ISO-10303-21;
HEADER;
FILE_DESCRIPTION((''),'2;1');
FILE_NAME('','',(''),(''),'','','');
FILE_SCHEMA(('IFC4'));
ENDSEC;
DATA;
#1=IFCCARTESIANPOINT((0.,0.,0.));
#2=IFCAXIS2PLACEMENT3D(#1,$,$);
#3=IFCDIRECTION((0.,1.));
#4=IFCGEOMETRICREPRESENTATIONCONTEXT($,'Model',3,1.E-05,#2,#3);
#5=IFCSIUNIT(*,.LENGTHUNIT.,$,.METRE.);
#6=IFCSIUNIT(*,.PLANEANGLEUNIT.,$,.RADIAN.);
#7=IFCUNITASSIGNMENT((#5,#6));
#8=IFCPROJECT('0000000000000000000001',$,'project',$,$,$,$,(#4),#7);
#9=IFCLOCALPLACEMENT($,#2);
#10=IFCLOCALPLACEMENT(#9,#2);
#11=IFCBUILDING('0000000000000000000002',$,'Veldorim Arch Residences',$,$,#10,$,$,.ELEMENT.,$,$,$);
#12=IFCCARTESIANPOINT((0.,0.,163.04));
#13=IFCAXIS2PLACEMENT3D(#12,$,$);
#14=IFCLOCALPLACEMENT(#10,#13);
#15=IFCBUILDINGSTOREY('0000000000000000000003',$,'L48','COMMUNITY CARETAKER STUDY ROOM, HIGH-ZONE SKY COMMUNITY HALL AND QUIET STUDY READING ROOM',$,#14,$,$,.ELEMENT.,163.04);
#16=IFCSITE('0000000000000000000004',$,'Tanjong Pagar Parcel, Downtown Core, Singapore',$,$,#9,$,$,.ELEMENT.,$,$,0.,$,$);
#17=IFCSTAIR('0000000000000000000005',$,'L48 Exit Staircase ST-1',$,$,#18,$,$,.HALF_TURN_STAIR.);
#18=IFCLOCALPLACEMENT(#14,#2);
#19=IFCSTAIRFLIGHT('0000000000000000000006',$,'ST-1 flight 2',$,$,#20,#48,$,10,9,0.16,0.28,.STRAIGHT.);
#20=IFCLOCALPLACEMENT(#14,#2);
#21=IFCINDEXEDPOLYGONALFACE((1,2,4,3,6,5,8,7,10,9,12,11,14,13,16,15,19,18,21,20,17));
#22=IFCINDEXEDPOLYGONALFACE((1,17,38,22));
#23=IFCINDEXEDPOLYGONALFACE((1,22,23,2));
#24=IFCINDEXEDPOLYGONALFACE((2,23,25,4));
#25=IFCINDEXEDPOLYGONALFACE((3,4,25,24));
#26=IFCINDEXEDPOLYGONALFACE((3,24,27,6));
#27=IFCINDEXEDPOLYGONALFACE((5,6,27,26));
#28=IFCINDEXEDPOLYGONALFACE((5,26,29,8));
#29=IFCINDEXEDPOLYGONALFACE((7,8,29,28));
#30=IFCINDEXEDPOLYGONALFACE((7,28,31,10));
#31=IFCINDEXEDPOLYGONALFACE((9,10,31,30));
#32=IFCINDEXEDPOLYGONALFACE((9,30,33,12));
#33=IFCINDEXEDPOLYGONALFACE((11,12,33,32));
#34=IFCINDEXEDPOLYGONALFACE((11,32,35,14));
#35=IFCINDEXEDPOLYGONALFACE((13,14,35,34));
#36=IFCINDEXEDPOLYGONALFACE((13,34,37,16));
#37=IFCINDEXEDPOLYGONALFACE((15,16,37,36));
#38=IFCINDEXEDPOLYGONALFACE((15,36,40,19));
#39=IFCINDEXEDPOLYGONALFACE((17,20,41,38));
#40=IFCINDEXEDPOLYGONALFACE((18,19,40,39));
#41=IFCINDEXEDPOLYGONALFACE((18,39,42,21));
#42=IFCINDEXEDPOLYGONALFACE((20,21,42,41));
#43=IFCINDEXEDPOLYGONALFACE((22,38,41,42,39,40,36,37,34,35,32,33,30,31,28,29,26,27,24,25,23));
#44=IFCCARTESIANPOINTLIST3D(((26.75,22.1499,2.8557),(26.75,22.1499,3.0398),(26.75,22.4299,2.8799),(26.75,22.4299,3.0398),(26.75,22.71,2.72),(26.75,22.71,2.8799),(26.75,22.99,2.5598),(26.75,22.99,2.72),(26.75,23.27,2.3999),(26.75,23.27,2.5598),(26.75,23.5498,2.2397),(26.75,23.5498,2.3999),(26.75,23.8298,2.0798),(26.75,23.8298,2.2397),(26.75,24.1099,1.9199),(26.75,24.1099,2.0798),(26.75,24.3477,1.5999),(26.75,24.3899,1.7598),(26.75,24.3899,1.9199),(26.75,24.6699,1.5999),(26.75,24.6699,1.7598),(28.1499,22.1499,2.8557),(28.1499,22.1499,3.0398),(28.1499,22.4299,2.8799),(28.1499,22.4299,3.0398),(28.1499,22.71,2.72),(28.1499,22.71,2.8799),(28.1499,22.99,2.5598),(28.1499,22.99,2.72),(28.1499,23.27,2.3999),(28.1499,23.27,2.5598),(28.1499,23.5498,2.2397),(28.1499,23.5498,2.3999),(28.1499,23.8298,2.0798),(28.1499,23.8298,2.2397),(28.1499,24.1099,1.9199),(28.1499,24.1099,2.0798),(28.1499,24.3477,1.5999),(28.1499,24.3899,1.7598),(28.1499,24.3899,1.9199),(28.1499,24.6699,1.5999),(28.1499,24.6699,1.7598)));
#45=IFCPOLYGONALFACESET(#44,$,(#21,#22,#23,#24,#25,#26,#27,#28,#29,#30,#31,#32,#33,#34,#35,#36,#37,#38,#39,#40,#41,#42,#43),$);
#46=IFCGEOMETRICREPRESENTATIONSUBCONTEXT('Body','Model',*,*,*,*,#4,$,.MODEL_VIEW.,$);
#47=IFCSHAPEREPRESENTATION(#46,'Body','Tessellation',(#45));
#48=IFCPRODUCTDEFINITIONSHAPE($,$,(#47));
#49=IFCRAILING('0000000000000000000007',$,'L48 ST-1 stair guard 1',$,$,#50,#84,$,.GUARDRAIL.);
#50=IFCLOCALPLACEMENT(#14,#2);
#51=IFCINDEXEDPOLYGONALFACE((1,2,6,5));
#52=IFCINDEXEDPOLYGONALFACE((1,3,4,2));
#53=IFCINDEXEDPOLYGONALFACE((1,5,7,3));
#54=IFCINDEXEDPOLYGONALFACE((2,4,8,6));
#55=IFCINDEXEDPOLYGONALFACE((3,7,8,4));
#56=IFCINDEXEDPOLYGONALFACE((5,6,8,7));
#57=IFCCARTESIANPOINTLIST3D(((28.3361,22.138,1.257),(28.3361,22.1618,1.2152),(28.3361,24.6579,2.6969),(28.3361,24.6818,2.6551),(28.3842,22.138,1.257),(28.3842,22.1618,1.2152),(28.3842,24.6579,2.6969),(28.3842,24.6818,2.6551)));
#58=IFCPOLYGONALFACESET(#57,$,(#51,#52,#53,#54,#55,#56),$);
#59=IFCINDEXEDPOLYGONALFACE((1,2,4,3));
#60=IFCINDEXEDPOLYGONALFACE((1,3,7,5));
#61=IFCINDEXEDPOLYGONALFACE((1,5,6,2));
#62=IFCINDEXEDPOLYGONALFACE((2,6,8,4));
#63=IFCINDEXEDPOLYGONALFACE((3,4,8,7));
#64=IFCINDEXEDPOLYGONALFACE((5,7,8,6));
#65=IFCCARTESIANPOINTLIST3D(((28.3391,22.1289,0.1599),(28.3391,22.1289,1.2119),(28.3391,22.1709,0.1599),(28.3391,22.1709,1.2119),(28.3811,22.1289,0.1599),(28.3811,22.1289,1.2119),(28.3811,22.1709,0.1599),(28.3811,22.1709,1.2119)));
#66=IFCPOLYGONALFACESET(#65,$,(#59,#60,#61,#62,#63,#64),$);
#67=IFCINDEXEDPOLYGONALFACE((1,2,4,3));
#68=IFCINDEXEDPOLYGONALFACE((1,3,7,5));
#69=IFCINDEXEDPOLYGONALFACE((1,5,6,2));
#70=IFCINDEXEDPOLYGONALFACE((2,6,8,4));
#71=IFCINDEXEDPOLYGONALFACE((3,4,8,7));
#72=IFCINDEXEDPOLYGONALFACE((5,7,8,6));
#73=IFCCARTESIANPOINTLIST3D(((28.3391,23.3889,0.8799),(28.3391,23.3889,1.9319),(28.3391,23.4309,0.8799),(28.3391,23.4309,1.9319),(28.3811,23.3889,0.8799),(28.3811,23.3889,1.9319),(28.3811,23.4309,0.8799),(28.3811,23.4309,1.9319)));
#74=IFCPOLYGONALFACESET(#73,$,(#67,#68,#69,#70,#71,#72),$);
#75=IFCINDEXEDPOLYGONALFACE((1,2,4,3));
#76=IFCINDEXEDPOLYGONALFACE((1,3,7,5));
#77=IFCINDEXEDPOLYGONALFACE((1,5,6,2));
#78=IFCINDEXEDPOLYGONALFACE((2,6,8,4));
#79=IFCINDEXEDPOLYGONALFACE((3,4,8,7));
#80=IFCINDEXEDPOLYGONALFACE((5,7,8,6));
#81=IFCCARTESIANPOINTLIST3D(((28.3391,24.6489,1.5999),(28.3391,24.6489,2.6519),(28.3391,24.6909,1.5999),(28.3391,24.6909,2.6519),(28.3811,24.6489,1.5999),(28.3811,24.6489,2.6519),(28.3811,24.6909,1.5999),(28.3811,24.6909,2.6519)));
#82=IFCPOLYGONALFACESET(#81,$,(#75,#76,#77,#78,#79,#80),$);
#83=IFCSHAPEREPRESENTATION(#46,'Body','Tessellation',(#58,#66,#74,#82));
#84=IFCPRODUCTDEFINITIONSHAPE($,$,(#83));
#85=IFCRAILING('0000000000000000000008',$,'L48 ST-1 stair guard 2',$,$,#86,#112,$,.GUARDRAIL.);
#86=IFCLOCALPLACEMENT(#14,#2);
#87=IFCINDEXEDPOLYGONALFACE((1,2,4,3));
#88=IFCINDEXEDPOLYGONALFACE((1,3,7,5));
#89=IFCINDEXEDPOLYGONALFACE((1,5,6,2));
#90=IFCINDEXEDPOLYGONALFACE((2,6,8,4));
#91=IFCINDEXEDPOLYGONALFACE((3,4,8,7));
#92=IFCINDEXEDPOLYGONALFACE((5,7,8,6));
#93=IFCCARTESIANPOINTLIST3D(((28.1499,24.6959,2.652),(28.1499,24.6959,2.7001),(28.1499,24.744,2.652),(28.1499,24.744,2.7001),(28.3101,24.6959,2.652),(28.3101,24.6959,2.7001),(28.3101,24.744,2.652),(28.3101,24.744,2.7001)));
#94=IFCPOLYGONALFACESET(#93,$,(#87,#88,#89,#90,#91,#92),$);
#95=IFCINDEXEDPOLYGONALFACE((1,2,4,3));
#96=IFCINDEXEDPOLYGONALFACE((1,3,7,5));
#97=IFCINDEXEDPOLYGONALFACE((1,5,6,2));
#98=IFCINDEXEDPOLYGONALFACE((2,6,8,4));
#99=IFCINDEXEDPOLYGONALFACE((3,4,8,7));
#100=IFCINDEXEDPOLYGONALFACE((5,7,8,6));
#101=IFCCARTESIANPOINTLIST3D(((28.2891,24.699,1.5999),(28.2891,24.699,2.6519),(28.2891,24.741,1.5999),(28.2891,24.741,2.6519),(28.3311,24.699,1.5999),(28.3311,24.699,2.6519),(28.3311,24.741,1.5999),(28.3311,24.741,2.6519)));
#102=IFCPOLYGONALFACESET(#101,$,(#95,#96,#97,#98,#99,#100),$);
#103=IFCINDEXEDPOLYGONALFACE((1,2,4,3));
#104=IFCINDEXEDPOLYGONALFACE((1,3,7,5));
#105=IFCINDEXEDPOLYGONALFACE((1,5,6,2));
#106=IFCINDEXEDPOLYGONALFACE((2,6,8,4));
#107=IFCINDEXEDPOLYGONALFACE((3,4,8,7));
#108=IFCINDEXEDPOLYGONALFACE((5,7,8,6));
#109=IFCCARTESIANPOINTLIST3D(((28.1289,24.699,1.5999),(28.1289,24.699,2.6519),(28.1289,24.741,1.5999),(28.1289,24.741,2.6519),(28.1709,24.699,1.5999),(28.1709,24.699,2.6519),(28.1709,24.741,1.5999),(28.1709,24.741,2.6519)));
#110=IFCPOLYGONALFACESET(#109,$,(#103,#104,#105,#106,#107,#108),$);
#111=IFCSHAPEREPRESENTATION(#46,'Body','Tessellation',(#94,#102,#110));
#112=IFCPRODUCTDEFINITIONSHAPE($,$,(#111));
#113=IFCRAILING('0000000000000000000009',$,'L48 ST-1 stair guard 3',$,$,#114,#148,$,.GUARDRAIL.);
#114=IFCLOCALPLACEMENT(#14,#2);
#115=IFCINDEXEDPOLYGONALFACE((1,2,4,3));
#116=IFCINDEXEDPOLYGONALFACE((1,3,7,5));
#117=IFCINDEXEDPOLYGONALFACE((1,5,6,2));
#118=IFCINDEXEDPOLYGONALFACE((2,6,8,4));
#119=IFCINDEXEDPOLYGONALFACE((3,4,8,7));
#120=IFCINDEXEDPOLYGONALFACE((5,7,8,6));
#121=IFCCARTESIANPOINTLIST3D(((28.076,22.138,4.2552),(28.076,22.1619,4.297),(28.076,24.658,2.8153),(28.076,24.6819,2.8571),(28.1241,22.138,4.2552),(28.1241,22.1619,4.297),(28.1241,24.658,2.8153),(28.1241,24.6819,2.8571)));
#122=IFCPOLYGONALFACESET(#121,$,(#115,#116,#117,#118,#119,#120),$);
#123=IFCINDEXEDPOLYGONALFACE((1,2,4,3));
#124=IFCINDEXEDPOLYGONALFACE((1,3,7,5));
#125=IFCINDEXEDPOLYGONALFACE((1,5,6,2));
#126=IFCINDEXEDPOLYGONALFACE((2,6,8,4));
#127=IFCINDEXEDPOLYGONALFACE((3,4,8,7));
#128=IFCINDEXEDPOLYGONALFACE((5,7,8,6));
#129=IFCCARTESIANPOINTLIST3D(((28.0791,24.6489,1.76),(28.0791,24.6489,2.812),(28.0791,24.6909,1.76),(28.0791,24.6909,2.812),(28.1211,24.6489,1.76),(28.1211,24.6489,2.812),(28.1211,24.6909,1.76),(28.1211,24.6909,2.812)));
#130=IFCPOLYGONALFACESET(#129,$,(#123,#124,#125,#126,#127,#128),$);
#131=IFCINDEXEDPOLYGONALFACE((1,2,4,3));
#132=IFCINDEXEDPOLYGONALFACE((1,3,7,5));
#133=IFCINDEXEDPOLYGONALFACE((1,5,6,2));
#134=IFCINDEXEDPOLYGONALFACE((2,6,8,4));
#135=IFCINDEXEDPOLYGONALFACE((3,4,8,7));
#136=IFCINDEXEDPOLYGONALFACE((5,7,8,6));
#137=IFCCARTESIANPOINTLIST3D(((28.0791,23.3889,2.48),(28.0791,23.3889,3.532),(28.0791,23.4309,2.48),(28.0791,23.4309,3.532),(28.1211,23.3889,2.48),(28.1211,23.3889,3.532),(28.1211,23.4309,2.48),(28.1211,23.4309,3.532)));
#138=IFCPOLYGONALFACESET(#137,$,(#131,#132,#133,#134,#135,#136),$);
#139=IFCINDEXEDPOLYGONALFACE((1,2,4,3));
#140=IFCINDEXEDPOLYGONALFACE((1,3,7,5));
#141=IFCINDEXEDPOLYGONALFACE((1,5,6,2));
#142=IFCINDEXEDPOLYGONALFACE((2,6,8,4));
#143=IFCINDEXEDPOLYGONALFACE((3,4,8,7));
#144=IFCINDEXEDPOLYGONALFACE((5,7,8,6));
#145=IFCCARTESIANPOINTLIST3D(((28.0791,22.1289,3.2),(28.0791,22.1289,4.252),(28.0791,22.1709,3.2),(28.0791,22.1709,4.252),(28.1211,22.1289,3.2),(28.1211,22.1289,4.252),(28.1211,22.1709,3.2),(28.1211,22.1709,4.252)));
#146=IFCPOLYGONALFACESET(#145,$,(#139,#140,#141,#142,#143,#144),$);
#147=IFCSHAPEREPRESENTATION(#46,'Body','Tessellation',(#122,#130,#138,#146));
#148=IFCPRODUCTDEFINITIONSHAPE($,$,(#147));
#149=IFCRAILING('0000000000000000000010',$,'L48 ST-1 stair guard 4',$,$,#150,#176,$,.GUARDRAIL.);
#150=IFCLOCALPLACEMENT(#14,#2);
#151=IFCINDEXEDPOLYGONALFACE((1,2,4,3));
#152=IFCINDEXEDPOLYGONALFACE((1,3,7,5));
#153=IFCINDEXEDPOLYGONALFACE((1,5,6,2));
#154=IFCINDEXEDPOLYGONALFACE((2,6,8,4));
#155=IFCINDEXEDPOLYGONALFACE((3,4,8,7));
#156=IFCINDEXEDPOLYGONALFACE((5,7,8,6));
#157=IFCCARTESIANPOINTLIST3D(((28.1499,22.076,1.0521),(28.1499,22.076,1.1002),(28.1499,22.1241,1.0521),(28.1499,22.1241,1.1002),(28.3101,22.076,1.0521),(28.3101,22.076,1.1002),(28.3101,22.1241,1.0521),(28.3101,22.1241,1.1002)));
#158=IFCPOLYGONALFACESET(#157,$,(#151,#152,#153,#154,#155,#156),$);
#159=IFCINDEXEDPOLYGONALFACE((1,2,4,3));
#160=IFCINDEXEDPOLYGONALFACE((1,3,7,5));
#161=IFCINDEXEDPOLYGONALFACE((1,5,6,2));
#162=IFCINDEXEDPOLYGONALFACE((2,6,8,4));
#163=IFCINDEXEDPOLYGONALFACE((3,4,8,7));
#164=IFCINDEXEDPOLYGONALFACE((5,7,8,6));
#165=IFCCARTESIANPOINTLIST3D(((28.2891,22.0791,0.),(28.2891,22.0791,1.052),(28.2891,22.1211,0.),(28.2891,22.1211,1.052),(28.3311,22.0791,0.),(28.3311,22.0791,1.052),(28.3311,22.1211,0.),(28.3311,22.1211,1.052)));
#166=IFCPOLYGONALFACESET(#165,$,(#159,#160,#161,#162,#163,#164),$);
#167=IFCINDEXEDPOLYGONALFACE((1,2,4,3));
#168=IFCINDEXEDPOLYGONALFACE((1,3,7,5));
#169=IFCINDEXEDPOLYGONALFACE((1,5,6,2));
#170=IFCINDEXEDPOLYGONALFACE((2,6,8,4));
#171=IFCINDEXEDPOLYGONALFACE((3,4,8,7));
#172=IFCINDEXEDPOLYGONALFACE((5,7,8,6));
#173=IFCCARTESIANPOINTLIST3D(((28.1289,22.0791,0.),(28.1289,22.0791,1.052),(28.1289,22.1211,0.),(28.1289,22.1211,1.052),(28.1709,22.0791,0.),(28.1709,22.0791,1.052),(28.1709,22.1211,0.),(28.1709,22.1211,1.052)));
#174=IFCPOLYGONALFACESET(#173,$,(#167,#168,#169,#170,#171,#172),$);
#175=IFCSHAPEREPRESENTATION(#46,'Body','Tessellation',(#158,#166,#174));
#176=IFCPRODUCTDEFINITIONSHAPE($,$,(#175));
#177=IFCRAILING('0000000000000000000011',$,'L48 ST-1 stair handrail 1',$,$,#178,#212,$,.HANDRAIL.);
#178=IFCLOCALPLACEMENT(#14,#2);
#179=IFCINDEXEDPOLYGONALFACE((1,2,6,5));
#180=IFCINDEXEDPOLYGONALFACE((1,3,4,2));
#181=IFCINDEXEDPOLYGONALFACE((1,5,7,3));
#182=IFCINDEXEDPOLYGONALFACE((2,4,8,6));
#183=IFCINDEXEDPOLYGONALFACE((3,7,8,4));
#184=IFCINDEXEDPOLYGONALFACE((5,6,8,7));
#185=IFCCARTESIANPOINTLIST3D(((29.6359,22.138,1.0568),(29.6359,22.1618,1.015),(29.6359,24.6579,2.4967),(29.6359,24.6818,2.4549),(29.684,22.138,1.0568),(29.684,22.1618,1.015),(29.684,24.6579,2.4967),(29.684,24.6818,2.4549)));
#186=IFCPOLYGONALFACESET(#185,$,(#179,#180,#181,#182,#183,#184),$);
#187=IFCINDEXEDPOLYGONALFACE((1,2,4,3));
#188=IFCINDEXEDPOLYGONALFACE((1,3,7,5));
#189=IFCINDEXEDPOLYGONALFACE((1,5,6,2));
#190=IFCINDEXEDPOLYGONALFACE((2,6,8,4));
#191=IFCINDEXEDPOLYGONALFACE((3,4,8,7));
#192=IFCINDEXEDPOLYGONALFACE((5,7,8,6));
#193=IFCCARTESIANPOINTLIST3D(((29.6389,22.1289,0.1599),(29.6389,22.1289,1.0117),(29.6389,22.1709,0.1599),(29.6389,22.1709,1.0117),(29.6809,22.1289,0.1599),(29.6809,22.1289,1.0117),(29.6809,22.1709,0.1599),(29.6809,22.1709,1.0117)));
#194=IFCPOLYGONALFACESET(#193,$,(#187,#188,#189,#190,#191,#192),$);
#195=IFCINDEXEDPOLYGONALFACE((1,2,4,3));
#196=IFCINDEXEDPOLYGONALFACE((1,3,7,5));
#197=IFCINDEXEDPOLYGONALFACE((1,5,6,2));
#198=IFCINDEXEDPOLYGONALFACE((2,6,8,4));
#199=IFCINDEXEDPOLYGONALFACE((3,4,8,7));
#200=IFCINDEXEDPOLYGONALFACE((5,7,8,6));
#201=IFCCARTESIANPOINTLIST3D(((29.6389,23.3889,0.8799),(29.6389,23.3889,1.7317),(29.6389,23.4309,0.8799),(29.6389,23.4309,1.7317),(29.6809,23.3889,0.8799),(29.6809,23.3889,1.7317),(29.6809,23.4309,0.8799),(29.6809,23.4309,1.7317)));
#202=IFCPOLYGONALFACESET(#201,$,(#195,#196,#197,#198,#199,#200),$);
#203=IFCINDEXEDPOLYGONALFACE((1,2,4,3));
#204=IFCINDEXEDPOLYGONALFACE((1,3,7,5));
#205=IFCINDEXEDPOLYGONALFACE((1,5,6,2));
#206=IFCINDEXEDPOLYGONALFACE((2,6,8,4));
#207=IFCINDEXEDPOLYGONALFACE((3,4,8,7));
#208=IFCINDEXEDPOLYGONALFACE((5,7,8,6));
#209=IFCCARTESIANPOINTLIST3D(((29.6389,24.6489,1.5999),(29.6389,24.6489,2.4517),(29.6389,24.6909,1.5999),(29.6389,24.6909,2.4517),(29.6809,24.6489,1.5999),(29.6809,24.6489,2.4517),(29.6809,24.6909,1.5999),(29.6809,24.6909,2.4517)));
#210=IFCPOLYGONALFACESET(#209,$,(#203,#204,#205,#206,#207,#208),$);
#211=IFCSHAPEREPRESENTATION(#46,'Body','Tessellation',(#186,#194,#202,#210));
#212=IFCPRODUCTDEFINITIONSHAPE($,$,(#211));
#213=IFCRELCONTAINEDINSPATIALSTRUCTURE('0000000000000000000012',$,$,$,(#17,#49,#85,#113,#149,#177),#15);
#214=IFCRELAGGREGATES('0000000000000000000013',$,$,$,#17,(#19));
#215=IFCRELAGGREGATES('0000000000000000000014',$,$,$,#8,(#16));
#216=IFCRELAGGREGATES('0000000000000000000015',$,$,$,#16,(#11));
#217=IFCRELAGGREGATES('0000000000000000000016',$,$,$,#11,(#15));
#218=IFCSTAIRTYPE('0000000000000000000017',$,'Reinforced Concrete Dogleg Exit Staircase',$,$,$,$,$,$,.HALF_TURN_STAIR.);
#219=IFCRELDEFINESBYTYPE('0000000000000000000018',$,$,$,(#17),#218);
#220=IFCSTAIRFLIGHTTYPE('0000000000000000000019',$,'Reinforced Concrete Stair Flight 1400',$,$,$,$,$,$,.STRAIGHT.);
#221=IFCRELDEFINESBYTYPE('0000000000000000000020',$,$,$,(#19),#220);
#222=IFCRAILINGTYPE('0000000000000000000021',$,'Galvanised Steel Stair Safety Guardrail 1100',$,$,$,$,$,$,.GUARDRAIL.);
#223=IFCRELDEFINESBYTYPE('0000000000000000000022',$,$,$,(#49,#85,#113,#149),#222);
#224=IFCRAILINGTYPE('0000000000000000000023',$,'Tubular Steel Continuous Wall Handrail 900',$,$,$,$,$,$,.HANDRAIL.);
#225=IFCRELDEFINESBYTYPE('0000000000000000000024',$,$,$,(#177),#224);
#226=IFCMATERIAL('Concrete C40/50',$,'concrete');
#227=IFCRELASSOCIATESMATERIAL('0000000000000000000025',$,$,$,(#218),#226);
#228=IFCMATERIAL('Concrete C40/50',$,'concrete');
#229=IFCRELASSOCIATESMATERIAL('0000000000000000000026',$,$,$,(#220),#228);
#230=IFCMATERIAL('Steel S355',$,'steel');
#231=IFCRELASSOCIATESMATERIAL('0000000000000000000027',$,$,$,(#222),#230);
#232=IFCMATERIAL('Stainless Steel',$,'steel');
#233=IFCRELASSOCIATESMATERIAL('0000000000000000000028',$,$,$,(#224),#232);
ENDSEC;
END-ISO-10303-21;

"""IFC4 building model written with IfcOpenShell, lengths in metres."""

from ifc_helpers import new_model, si_unit, direction, frame, origin, origin_2d, place, context, subcontext, project, spatial, polyline, rectangle, outline, extrude, material, type_object, element, aggregate, save


model = new_model("IFC4")

# Units and contexts
model_context = context("Model", 3, precision=1e-05, world=origin(), true_north=direction((0.0, 1.0)))
body_context = subcontext(model_context, "Body", "Model", "MODEL_VIEW")
ifc_project = project(units=[si_unit("LENGTHUNIT", "METRE"), si_unit("PLANEANGLEUNIT", "RADIAN")], contexts=[model_context])

# Site, building, storey
site_placement = place(None, origin())
site = spatial("IfcSite", under=ifc_project, at=site_placement, Name="Tanjong Pagar Parcel, Downtown Core, Singapore", CompositionType="ELEMENT", RefElevation=0.0)
building_placement = place(site_placement, origin())
building = spatial("IfcBuilding", under=site, at=building_placement, Name="Veldorim Arch Residences", CompositionType="ELEMENT")
storey_placement = place(building_placement, frame((0.0, 0.0, 163.04)))
storey = spatial("IfcBuildingStorey", under=building, at=storey_placement, Name="L48", Description="COMMUNITY CARETAKER STUDY ROOM, HIGH-ZONE SKY COMMUNITY HALL AND QUIET STUDY READING ROOM", CompositionType="ELEMENT", Elevation=163.04)

# Stair, stair flight
ifc_material_1 = material(Name="Concrete C40/50", Category="concrete")
stair_type = type_object("IfcStairType", Name="Reinforced Concrete Dogleg Exit Staircase", PredefinedType="HALF_TURN_STAIR", material=ifc_material_1)
stair_placement = place(storey_placement, origin())
stair = element("IfcStair", 1, at=stair_placement, inside=storey, type_object=stair_type, Name="L48 Exit Staircase ST-1", PredefinedType="HALF_TURN_STAIR")
ifc_material_2 = material(Name="Concrete C40/50", Category="concrete")
stair_flight_type = type_object("IfcStairFlightType", Name="Reinforced Concrete Stair Flight 1400", PredefinedType="STRAIGHT", material=ifc_material_2)
stair_flight_1_placement = place(storey_placement, frame((27.45, 24.6699, 1.5999), z_axis=(0.0, 0.0, 1.0), x_axis=(0.0, -1.0, 0.0)))
stair_flight_1 = element("IfcStairFlight", 2, at=stair_flight_1_placement, type_object=stair_flight_type, Name="ST-1 flight 2", NumberOfRisers=10, NumberOfTreads=9, PredefinedType="STRAIGHT", RiserHeight=0.16, TreadLength=0.28, context=body_context, shape_type="SweptSolid", body=[
    extrude(outline(polyline([(0.0, 0.0), (0.0, 0.1599), (0.28, 0.1599), (0.28, 0.3201), (0.5601, 0.3201), (0.5601, 0.48), (0.8401, 0.48), (0.8401, 0.6399), (1.1201, 0.6399), (1.1201, 0.8), (1.3999, 0.8), (1.3999, 0.96), (1.6799, 0.96), (1.6799, 1.1201), (1.96, 1.1201), (1.96, 1.28), (2.24, 1.28), (2.24, 1.4399), (2.52, 1.4399), (2.52, 1.6001), (2.52, 1.2559), (0.3223, 0.0), (0.0, 0.0)])), frame((0.0, 0.7, 0.0), z_axis=(0.0, -1.0, 0.0), x_axis=(1.0, 0.0, 0.0)), (0.0, 0.0, 1.0), 1.3999),
])
aggregate(stair, [stair_flight_1])

# Railings
ifc_material_3 = material(Name="Steel S355", Category="steel")
railing_type_1 = type_object("IfcRailingType", Name="Galvanised Steel Stair Safety Guardrail 1100", PredefinedType="GUARDRAIL", material=ifc_material_3)
railing_1_placement = place(storey_placement, frame((28.3601, 22.1499, 0.1599)))
element("IfcRailing", 3, at=railing_1_placement, inside=storey, type_object=railing_type_1, Name="L48 ST-1 stair guard 1", PredefinedType="GUARDRAIL", context=body_context, shape_type="SweptSolid", body=[
    extrude(rectangle(XDim=0.0481, YDim=0.0481, at=origin_2d()), frame((0.0, 0.0, 1.0762), z_axis=(0.0, 0.868253, 0.496121), x_axis=(-1.0, 0.0, 0.0)), (0.0, 0.0, 1.0), 2.9023),
    extrude(rectangle(XDim=0.042, YDim=0.042, at=origin_2d()), origin(), (0.0, 0.0, 1.0), 1.052),
    extrude(rectangle(XDim=0.042, YDim=0.042, at=origin_2d()), frame((0.0, 1.26, 0.72)), (0.0, 0.0, 1.0), 1.052),
    extrude(rectangle(XDim=0.042, YDim=0.042, at=origin_2d()), frame((0.0, 2.52, 1.4399)), (0.0, 0.0, 1.0), 1.052),
])
railing_2_placement = place(storey_placement, frame((28.3101, 24.72, 1.5999)))
element("IfcRailing", 4, at=railing_2_placement, inside=storey, type_object=railing_type_1, Name="L48 ST-1 stair guard 2", PredefinedType="GUARDRAIL", context=body_context, shape_type="SweptSolid", body=[
    extrude(rectangle(XDim=0.0481, YDim=0.0481, at=origin_2d()), frame((0.0, 0.0, 1.0762), z_axis=(-1.0, 0.0, 0.0), x_axis=(0.0, -1.0, 0.0)), (0.0, 0.0, 1.0), 0.1602),
    extrude(rectangle(XDim=0.042, YDim=0.042, at=origin_2d()), origin(), (0.0, 0.0, 1.0), 1.052),
    extrude(rectangle(XDim=0.042, YDim=0.042, at=origin_2d()), frame((-0.1602, 0.0, 0.0)), (0.0, 0.0, 1.0), 1.052),
])
railing_3_placement = place(storey_placement, frame((28.1001, 24.6699, 1.76)))
element("IfcRailing", 5, at=railing_3_placement, inside=storey, type_object=railing_type_1, Name="L48 ST-1 stair guard 3", PredefinedType="GUARDRAIL", context=body_context, shape_type="SweptSolid", body=[
    extrude(rectangle(XDim=0.0481, YDim=0.0481, at=origin_2d()), frame((0.0, 0.0, 1.0762), z_axis=(0.0, -0.868253, 0.496121), x_axis=(1.0, 0.0, 0.0)), (0.0, 0.0, 1.0), 2.9023),
    extrude(rectangle(XDim=0.042, YDim=0.042, at=origin_2d()), origin(), (0.0, 0.0, 1.0), 1.052),
    extrude(rectangle(XDim=0.042, YDim=0.042, at=origin_2d()), frame((0.0, -1.26, 0.72)), (0.0, 0.0, 1.0), 1.052),
    extrude(rectangle(XDim=0.042, YDim=0.042, at=origin_2d()), frame((0.0, -2.52, 1.4399)), (0.0, 0.0, 1.0), 1.052),
])
railing_4_placement = place(storey_placement, frame((28.3101, 22.1001, 0.0)))
element("IfcRailing", 6, at=railing_4_placement, inside=storey, type_object=railing_type_1, Name="L48 ST-1 stair guard 4", PredefinedType="GUARDRAIL", context=body_context, shape_type="SweptSolid", body=[
    extrude(rectangle(XDim=0.0481, YDim=0.0481, at=origin_2d()), frame((0.0, 0.0, 1.0762), z_axis=(-1.0, 0.0, 0.0), x_axis=(0.0, -1.0, 0.0)), (0.0, 0.0, 1.0), 0.1602),
    extrude(rectangle(XDim=0.042, YDim=0.042, at=origin_2d()), origin(), (0.0, 0.0, 1.0), 1.052),
    extrude(rectangle(XDim=0.042, YDim=0.042, at=origin_2d()), frame((-0.1602, 0.0, 0.0)), (0.0, 0.0, 1.0), 1.052),
])
ifc_material_4 = material(Name="Stainless Steel", Category="steel")
railing_type_2 = type_object("IfcRailingType", Name="Tubular Steel Continuous Wall Handrail 900", PredefinedType="HANDRAIL", material=ifc_material_4)
railing_5_placement = place(storey_placement, frame((29.6599, 22.1499, 0.1599)))
element("IfcRailing", 7, at=railing_5_placement, inside=storey, type_object=railing_type_2, Name="L48 ST-1 stair handrail 1", PredefinedType="HANDRAIL", context=body_context, shape_type="SweptSolid", body=[
    extrude(rectangle(XDim=0.0481, YDim=0.0481, at=origin_2d()), frame((0.0, 0.0, 0.876), z_axis=(0.0, 0.868253, 0.496121), x_axis=(-1.0, 0.0, 0.0)), (0.0, 0.0, 1.0), 2.9023),
    extrude(rectangle(XDim=0.042, YDim=0.042, at=origin_2d()), origin(), (0.0, 0.0, 1.0), 0.8518),
    extrude(rectangle(XDim=0.042, YDim=0.042, at=origin_2d()), frame((0.0, 1.26, 0.72)), (0.0, 0.0, 1.0), 0.8518),
    extrude(rectangle(XDim=0.042, YDim=0.042, at=origin_2d()), frame((0.0, 2.52, 1.4399)), (0.0, 0.0, 1.0), 0.8518),
])

save(model, "model.ifc")
